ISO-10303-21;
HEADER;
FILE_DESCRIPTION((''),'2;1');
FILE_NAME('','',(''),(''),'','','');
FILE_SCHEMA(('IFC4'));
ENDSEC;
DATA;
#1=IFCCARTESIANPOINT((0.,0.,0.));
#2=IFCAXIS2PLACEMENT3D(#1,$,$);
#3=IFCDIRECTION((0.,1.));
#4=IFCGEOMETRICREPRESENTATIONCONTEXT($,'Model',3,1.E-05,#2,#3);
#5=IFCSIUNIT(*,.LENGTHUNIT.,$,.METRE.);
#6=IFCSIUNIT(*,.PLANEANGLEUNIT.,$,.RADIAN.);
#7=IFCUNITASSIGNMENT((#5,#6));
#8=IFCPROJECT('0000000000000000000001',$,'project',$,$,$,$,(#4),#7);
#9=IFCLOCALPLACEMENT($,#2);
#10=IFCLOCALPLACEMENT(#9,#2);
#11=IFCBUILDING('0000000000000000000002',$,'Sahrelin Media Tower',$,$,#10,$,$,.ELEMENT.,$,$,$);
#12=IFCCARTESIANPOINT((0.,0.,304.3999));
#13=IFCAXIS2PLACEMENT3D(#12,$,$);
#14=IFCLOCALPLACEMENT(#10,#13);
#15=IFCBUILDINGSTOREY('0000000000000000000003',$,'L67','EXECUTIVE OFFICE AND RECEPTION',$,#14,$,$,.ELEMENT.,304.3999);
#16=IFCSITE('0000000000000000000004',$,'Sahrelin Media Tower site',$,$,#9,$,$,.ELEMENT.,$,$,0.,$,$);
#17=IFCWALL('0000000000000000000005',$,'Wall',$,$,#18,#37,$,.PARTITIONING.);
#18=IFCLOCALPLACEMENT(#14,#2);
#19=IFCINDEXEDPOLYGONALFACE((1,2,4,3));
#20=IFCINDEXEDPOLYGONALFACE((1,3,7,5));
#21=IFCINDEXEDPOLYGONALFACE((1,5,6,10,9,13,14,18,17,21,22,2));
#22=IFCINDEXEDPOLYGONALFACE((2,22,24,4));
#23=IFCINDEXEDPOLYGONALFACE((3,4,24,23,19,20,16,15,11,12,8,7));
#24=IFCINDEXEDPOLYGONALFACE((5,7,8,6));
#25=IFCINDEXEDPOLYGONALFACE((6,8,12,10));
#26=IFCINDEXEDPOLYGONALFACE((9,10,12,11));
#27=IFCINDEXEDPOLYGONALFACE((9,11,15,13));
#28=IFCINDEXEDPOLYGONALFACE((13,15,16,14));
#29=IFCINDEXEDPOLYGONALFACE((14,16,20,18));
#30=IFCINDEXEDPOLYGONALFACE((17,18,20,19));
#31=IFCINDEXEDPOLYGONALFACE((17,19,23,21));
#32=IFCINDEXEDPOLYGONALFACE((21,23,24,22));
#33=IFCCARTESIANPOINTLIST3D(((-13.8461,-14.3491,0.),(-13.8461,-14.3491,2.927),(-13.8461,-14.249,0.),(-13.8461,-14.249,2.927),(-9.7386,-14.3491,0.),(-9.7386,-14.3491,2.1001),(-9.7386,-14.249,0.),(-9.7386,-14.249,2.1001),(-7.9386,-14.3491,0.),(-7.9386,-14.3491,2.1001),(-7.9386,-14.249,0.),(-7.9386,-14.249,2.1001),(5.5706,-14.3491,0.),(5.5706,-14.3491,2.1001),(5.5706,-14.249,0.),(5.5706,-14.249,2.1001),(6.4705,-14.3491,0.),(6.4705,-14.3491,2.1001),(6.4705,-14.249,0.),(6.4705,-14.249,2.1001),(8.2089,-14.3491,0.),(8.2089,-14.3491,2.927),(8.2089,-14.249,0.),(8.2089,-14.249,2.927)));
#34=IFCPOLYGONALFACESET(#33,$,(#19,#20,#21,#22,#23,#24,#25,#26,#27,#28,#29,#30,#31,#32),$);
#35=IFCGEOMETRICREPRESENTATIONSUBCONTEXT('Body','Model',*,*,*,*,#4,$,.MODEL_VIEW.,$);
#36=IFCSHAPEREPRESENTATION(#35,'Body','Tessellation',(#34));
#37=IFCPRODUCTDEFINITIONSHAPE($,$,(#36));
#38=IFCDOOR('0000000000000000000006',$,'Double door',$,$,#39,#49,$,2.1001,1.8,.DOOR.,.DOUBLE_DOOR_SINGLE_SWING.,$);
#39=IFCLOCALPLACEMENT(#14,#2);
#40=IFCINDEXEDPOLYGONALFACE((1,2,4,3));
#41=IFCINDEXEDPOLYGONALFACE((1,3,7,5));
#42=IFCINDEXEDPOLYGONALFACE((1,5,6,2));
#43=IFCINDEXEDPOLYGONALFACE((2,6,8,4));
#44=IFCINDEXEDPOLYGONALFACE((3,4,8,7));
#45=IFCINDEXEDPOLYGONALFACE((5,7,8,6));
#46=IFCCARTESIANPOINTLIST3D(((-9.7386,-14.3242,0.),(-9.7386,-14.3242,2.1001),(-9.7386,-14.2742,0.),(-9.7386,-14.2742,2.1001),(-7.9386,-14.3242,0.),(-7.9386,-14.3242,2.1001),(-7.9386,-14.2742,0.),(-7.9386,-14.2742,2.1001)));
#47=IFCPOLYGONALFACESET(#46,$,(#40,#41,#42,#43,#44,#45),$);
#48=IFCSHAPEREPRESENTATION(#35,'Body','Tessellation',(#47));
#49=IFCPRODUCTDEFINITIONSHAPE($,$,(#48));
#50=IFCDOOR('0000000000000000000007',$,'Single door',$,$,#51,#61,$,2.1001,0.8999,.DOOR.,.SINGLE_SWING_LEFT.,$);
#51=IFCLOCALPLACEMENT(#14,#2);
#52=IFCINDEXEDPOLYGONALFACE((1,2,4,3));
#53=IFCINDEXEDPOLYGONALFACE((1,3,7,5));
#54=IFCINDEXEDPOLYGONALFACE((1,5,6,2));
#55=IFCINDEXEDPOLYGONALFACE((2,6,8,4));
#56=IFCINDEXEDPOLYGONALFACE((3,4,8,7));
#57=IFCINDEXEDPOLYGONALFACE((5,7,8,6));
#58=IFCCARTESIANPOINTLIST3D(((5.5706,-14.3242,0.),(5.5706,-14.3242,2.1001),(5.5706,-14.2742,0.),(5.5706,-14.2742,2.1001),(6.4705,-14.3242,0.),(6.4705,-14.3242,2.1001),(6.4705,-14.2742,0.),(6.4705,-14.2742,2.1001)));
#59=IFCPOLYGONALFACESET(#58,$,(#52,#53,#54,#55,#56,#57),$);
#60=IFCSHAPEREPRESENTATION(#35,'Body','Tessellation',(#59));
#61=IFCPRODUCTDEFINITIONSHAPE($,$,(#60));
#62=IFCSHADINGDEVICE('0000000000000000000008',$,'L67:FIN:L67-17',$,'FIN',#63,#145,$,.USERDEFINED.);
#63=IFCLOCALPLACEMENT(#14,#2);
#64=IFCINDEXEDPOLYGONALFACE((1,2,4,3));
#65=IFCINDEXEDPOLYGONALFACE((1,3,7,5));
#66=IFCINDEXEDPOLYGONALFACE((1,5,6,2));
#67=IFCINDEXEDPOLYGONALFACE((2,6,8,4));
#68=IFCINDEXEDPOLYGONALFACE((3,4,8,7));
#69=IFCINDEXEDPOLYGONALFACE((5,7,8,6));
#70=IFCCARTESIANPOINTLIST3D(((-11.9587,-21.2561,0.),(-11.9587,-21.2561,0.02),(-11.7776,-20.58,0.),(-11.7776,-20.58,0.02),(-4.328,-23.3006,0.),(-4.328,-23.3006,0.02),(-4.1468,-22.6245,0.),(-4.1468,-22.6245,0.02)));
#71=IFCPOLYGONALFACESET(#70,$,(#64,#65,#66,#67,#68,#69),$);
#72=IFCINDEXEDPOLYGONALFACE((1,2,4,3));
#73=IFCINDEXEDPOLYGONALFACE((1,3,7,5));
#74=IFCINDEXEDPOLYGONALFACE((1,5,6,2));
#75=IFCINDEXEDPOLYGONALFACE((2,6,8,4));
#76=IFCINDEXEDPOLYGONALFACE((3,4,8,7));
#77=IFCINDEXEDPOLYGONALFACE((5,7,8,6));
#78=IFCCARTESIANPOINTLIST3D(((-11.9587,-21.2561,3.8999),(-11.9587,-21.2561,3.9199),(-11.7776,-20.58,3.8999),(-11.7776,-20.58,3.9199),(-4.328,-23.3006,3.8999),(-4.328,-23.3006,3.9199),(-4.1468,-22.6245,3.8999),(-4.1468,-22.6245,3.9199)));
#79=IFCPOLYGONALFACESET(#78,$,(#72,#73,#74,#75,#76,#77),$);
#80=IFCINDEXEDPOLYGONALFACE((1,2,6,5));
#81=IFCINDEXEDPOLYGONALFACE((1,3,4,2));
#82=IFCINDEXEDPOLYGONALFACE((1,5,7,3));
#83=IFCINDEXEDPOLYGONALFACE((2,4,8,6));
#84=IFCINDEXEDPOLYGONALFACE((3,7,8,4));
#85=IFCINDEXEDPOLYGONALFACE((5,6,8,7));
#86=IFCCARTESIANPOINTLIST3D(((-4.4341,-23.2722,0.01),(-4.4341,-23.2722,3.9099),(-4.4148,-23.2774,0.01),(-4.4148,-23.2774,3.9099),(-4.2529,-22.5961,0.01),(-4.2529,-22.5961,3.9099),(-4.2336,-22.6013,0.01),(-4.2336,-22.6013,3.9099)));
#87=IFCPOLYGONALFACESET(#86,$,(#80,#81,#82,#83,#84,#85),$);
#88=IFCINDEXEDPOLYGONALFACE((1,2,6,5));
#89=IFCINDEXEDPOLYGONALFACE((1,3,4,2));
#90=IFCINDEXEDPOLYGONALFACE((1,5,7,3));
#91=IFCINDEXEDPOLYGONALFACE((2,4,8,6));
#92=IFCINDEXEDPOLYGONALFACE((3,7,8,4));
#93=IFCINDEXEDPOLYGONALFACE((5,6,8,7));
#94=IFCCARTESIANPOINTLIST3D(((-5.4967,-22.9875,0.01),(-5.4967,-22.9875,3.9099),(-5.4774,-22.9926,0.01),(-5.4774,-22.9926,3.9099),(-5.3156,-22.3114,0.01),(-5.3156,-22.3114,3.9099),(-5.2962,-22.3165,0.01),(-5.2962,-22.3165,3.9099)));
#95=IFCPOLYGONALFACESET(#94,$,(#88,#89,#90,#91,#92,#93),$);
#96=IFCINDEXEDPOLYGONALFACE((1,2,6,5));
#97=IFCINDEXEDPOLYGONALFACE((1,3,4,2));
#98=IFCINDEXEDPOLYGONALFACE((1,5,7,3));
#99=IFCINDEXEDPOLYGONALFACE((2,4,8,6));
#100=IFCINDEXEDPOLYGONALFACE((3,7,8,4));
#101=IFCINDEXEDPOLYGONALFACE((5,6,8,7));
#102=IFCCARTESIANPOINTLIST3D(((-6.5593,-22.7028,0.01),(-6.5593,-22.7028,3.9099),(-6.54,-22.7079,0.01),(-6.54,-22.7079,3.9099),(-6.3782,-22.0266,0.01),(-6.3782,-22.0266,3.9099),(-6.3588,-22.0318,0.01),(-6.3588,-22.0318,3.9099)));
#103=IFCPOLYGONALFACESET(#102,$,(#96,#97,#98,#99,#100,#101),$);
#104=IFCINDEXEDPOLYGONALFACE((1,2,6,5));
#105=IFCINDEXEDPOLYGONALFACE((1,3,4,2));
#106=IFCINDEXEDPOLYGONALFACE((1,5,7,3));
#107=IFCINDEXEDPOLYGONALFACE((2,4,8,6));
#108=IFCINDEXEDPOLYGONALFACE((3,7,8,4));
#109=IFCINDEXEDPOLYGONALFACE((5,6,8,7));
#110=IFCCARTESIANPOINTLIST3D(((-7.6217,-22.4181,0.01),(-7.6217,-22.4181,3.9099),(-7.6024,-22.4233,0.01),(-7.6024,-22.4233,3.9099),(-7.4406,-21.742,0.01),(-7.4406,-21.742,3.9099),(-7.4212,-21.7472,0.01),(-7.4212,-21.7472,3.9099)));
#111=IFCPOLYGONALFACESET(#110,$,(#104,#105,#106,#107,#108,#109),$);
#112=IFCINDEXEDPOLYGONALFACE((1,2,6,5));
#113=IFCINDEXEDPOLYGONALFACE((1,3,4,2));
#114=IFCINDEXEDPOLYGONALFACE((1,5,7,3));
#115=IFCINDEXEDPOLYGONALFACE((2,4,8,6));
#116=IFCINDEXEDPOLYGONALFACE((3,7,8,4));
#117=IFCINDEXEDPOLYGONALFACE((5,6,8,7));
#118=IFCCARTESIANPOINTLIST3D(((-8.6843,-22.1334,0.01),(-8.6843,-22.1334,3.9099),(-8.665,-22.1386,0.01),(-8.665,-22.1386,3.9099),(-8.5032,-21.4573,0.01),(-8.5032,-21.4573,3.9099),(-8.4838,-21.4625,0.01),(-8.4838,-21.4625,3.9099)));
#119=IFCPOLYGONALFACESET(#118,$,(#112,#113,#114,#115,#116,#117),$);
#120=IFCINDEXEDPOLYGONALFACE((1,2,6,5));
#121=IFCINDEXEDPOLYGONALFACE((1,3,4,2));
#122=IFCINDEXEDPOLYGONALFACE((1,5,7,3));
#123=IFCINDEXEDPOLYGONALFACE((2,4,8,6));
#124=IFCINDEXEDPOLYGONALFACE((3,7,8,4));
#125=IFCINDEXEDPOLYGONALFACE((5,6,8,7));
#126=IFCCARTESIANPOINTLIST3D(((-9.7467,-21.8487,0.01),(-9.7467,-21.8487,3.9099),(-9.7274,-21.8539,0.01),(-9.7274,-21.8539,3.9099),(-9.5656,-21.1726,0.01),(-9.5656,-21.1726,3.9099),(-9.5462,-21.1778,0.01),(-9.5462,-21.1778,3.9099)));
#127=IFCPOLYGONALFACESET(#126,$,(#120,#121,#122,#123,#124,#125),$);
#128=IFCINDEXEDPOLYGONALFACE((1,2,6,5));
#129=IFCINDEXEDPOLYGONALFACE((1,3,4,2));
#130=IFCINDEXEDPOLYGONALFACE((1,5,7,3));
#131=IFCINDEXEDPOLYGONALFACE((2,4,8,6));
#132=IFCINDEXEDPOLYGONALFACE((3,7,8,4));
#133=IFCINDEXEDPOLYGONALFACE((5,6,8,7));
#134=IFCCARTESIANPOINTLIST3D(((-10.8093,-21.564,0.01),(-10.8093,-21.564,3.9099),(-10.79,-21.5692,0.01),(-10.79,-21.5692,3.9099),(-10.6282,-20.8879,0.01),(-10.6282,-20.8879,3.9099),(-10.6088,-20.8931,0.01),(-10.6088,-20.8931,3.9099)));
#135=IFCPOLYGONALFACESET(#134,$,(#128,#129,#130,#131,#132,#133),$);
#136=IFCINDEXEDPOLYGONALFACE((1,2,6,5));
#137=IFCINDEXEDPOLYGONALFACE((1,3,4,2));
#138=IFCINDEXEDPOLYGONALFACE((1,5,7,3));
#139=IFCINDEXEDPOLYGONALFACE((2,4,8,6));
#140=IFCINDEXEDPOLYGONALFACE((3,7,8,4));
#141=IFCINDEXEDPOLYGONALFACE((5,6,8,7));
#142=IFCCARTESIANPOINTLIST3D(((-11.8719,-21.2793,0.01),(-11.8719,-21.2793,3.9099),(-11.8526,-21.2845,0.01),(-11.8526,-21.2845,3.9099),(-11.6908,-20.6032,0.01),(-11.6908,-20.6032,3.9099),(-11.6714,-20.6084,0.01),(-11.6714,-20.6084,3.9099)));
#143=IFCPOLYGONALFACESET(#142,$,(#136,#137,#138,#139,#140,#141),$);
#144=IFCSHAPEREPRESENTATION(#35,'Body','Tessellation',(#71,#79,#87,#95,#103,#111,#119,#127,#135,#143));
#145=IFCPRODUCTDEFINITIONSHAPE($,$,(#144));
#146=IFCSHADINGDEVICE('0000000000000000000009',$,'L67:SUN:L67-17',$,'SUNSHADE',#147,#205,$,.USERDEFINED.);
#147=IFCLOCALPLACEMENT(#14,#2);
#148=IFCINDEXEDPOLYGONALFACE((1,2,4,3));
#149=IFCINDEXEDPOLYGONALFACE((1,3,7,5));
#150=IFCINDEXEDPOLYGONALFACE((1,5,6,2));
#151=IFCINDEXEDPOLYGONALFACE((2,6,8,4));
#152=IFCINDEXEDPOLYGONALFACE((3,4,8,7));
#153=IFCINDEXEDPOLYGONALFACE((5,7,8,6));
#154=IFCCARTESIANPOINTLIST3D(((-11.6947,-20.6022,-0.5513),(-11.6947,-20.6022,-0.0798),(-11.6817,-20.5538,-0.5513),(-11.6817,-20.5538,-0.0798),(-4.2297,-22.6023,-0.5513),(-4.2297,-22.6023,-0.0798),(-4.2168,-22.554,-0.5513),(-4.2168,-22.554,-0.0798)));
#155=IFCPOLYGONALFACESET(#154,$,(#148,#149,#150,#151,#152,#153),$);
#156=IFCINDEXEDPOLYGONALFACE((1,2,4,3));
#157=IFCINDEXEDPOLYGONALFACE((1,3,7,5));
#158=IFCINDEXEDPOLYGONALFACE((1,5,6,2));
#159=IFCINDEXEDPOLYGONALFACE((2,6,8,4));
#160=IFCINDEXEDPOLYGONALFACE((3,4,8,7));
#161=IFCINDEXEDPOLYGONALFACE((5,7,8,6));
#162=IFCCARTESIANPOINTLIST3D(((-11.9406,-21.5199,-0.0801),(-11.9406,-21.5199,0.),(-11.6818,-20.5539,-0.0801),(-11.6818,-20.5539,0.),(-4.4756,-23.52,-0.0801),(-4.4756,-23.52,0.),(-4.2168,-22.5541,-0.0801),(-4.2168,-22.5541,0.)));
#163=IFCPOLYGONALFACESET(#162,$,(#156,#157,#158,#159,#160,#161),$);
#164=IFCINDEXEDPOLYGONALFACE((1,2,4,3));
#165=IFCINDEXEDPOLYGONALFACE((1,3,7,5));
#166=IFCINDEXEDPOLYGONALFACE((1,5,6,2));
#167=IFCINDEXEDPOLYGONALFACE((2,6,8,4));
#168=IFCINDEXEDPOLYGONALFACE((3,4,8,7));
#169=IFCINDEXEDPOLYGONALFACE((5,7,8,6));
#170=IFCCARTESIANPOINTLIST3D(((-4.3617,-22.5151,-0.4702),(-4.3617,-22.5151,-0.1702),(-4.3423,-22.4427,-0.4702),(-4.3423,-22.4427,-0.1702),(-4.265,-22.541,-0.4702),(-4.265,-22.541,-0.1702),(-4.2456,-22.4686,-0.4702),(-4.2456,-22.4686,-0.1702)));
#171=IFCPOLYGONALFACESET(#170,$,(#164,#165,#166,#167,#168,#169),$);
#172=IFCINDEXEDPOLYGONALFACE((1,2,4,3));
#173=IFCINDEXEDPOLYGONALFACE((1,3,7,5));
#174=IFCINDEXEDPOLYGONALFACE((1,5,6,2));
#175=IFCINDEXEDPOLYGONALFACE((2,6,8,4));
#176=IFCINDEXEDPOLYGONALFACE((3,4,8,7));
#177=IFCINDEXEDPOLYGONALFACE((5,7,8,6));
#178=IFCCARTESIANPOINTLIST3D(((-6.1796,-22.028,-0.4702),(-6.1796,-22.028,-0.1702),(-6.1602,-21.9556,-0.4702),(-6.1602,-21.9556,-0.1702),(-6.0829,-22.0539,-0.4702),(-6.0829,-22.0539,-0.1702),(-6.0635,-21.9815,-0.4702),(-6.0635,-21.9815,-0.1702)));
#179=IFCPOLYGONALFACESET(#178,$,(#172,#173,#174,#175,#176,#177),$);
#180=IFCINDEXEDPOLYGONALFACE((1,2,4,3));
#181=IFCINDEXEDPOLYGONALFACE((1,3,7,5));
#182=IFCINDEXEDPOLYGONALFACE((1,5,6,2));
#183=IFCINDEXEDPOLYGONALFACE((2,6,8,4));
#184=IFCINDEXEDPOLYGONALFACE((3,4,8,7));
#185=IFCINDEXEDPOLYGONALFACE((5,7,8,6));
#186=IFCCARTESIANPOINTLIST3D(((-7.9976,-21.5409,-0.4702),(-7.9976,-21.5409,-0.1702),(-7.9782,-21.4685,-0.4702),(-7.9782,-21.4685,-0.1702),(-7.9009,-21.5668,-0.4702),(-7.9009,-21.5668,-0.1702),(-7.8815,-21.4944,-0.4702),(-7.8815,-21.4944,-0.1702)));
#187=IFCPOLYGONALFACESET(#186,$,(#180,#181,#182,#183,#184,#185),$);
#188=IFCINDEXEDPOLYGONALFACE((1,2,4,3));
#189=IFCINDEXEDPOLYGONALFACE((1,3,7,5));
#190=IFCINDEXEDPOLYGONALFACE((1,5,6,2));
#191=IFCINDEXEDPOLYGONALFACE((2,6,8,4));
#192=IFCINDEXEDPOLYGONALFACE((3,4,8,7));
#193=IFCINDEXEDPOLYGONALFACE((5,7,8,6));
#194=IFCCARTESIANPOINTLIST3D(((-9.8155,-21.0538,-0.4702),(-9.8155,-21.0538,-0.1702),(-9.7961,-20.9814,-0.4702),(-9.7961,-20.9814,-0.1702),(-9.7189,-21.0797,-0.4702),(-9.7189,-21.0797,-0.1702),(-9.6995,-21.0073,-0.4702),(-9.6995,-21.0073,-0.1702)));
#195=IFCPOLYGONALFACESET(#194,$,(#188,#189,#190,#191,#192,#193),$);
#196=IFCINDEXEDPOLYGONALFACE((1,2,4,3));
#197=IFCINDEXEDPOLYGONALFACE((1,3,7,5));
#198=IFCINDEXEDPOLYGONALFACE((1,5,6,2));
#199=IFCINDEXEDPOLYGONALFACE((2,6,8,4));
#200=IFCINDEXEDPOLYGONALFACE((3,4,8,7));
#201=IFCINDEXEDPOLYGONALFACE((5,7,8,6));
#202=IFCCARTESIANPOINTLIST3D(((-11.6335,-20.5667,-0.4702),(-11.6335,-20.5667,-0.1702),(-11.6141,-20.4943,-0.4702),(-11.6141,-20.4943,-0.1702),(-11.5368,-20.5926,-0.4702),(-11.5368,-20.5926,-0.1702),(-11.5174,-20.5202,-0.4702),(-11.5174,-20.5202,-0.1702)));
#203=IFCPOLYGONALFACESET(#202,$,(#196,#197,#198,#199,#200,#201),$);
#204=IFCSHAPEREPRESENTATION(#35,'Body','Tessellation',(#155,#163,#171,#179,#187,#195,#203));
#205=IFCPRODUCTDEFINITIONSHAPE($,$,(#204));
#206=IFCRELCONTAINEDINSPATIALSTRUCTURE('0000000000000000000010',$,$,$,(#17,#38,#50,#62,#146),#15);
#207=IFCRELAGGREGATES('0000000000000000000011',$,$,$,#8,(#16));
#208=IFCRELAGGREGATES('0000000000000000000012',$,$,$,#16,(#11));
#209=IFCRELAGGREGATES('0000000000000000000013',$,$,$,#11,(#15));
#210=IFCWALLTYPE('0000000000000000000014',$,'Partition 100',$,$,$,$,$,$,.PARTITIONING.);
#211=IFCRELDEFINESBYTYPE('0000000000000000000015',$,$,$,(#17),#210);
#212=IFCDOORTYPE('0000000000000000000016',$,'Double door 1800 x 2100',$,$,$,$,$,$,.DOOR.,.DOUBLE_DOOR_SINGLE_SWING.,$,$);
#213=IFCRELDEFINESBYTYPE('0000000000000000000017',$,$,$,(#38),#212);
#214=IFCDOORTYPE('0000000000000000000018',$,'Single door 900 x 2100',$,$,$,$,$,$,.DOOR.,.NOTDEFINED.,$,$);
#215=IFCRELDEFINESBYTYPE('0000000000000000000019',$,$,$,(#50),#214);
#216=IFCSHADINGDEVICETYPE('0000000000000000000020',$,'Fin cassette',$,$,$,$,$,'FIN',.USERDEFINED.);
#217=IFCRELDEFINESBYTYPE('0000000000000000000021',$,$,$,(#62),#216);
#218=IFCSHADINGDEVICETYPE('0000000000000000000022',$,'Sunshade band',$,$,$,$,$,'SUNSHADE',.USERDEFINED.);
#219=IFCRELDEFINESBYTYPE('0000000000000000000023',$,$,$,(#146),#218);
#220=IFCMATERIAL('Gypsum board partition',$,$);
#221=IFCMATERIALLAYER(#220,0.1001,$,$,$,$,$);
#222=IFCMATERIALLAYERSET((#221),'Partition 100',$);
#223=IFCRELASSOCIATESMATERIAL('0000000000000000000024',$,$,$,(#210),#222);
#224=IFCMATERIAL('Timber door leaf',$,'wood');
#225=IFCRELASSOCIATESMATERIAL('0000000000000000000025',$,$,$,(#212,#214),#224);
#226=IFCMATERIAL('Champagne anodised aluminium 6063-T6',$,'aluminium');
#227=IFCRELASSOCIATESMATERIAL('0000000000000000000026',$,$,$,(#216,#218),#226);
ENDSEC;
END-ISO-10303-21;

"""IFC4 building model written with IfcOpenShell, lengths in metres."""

from ifc_helpers import new_model, si_unit, direction, frame, frame_2d, origin, origin_2d, place, context, subcontext, project, spatial, rectangle, extrude, material, layer, layer_set, type_object, element, fill, save


model = new_model("IFC4")

# Units and contexts
model_context = context("Model", 3, precision=1e-05, world=origin(), true_north=direction((0.0, 1.0)))
body_context = subcontext(model_context, "Body", "Model", "MODEL_VIEW")
ifc_project = project(units=[si_unit("LENGTHUNIT", "METRE"), si_unit("PLANEANGLEUNIT", "RADIAN")], contexts=[model_context])

# Site, building, storey
site_placement = place(None, origin())
site = spatial("IfcSite", under=ifc_project, at=site_placement, Name="Sahrelin Media Tower site", CompositionType="ELEMENT", RefElevation=0.0)
building_placement = place(site_placement, origin())
building = spatial("IfcBuilding", under=site, at=building_placement, Name="Sahrelin Media Tower", CompositionType="ELEMENT")
storey_placement = place(building_placement, frame((0.0, 0.0, 304.3999)))
storey = spatial("IfcBuildingStorey", under=building, at=storey_placement, Name="L67", Description="EXECUTIVE OFFICE AND RECEPTION", CompositionType="ELEMENT", Elevation=304.3999)

# Shared definitions
ifc_material_1 = material(Name="Champagne anodised aluminium 6063-T6", Category="aluminium")

# Wall, openings, doors
ifc_material_2 = material(Name="Gypsum board partition")
ifc_layer_1 = layer(ifc_material_2, 0.1001)
ifc_layer_set_1 = layer_set([ifc_layer_1], Name="Partition 100")
wall_type_1 = type_object("IfcWallType", Name="Partition 100", PredefinedType="PARTITIONING", material=ifc_layer_set_1)
wall_1_placement = place(storey_placement, frame((-13.8459, -14.2991, 0.0), z_axis=(0.0, 0.0, 1.0), x_axis=(1.0, 0.0, 0.0)))
wall_1 = element("IfcWall", 1, at=wall_1_placement, inside=storey, type_object=wall_type_1, Name="Wall", PredefinedType="PARTITIONING", context=body_context, shape_type="SweptSolid", body=[
    extrude(rectangle(XDim=22.0549, YDim=0.1001, at=frame_2d((11.0273, 0.0))), origin(), (0.0, 0.0, 1.0), 2.927),
])
opening_1_placement = place(wall_1_placement, frame((4.1074, 0.0, 0.0)))
opening_1 = element("IfcOpeningElement", 2, at=opening_1_placement, cuts=wall_1, PredefinedType="OPENING", context=body_context, shape_type="SweptSolid", body=[
    extrude(rectangle(XDim=1.8, YDim=2.1001, at=frame_2d((0.8999, 1.05))), frame((0.0, 0.05, 0.0), z_axis=(0.0, -1.0, 0.0), x_axis=(1.0, 0.0, 0.0)), (0.0, 0.0, 1.0), 0.1001),
])
opening_2_placement = place(wall_1_placement, frame((19.4165, 0.0, 0.0)))
opening_2 = element("IfcOpeningElement", 3, at=opening_2_placement, cuts=wall_1, PredefinedType="OPENING", context=body_context, shape_type="SweptSolid", body=[
    extrude(rectangle(XDim=0.8999, YDim=2.1001, at=frame_2d((0.45, 1.05))), frame((0.0, 0.05, 0.0), z_axis=(0.0, -1.0, 0.0), x_axis=(1.0, 0.0, 0.0)), (0.0, 0.0, 1.0), 0.1001),
])
ifc_material_3 = material(Name="Timber door leaf", Category="wood")
door_type_1 = type_object("IfcDoorType", Name="Double door 1800 x 2100", OperationType="DOUBLE_DOOR_SINGLE_SWING", PredefinedType="DOOR", material=ifc_material_3)
door_1_placement = place(opening_1_placement, origin())
door_1 = element("IfcDoor", 4, at=door_1_placement, inside=storey, type_object=door_type_1, Name="Double door", OperationType="DOUBLE_DOOR_SINGLE_SWING", OverallHeight=2.1001, OverallWidth=1.8, PredefinedType="DOOR", context=body_context, shape_type="SweptSolid", body=[
    extrude(rectangle(XDim=1.8, YDim=2.1001, at=frame_2d((0.8999, 1.05))), frame((0.0, 0.0249, 0.0), z_axis=(0.0, -1.0, 0.0), x_axis=(1.0, 0.0, 0.0)), (0.0, 0.0, 1.0), 0.05),
])
fill(opening_1, door_1)
door_type_2 = type_object("IfcDoorType", Name="Single door 900 x 2100", OperationType="NOTDEFINED", PredefinedType="DOOR", material=ifc_material_3)
door_2_placement = place(opening_2_placement, origin())
door_2 = element("IfcDoor", 5, at=door_2_placement, inside=storey, type_object=door_type_2, Name="Single door", OperationType="SINGLE_SWING_LEFT", OverallHeight=2.1001, OverallWidth=0.8999, PredefinedType="DOOR", context=body_context, shape_type="SweptSolid", body=[
    extrude(rectangle(XDim=0.8999, YDim=2.1001, at=frame_2d((0.45, 1.05))), frame((0.0, 0.0249, 0.0), z_axis=(0.0, -1.0, 0.0), x_axis=(1.0, 0.0, 0.0)), (0.0, 0.0, 1.0), 0.05),
])
fill(opening_2, door_2)

# Shading devices
shading_device_type_1 = type_object("IfcShadingDeviceType", Name="Fin cassette", ElementType="FIN", PredefinedType="USERDEFINED", material=ifc_material_1)
placement = place(storey_placement, frame((-7.9441, -21.5347, 0.0), z_axis=(0.0, 0.0, 1.0), x_axis=(-0.965929, 0.258808, 0.0)))
element("IfcShadingDevice", 6, at=placement, inside=storey, type_object=shading_device_type_1, Name="L67:FIN:L67-17", ObjectType="FIN", PredefinedType="USERDEFINED", context=body_context, shape_type="SweptSolid", body=[
    extrude(rectangle(XDim=7.8999, YDim=0.7, at=origin_2d()), frame((0.0, 0.4199, 0.0)), (0.0, 0.0, 1.0), 0.02),
    extrude(rectangle(XDim=7.8999, YDim=0.7, at=origin_2d()), frame((0.0, 0.4199, 3.8999)), (0.0, 0.0, 1.0), 0.02),
    extrude(rectangle(XDim=0.02, YDim=0.7, at=origin_2d()), frame((-3.8501, 0.4199, 0.01), z_axis=(0.0, 0.0, 1.0), x_axis=(1.0, 0.0, 0.0)), (0.0, 0.0, 1.0), 3.8999),
    extrude(rectangle(XDim=0.02, YDim=0.7, at=origin_2d()), frame((-2.75, 0.4199, 0.01), z_axis=(0.0, 0.0, 1.0), x_axis=(1.0, 0.0, 0.0)), (0.0, 0.0, 1.0), 3.8999),
    extrude(rectangle(XDim=0.02, YDim=0.7, at=origin_2d()), frame((-1.6499, 0.4199, 0.01), z_axis=(0.0, 0.0, 1.0), x_axis=(1.0, 0.0, 0.0)), (0.0, 0.0, 1.0), 3.8999),
    extrude(rectangle(XDim=0.02, YDim=0.7, at=origin_2d()), frame((-0.55, 0.4199, 0.01), z_axis=(0.0, 0.0, 1.0), x_axis=(1.0, 0.0, 0.0)), (0.0, 0.0, 1.0), 3.8999),
    extrude(rectangle(XDim=0.02, YDim=0.7, at=origin_2d()), frame((0.55, 0.4199, 0.01), z_axis=(0.0, 0.0, 1.0), x_axis=(1.0, 0.0, 0.0)), (0.0, 0.0, 1.0), 3.8999),
    extrude(rectangle(XDim=0.02, YDim=0.7, at=origin_2d()), frame((1.6499, 0.4199, 0.01), z_axis=(0.0, 0.0, 1.0), x_axis=(1.0, 0.0, 0.0)), (0.0, 0.0, 1.0), 3.8999),
    extrude(rectangle(XDim=0.02, YDim=0.7, at=origin_2d()), frame((2.75, 0.4199, 0.01), z_axis=(0.0, 0.0, 1.0), x_axis=(1.0, 0.0, 0.0)), (0.0, 0.0, 1.0), 3.8999),
    extrude(rectangle(XDim=0.02, YDim=0.7, at=origin_2d()), frame((3.8501, 0.4199, 0.01), z_axis=(0.0, 0.0, 1.0), x_axis=(1.0, 0.0, 0.0)), (0.0, 0.0, 1.0), 3.8999),
])
shading_device_type_2 = type_object("IfcShadingDeviceType", Name="Sunshade band", ElementType="SUNSHADE", PredefinedType="USERDEFINED", material=ifc_material_1)
element("IfcShadingDevice", 7, at=placement, inside=storey, type_object=shading_device_type_2, Name="L67:SUN:L67-17", ObjectType="SUNSHADE", PredefinedType="USERDEFINED", context=body_context, shape_type="SweptSolid", body=[
    extrude(rectangle(XDim=7.7283, YDim=0.05, at=origin_2d()), frame((0.0, 0.0449, -0.5513)), (0.0, 0.0, 1.0), 0.4714),
    extrude(rectangle(XDim=7.7283, YDim=1.0, at=origin_2d()), frame((0.0, 0.52, -0.0801)), (0.0, 0.0, 1.0), 0.0801),
    extrude(rectangle(XDim=0.1001, YDim=0.075, at=origin_2d()), frame((-3.7642, -0.0176, -0.4702)), (0.0, 0.0, 1.0), 0.3),
    extrude(rectangle(XDim=0.1001, YDim=0.075, at=origin_2d()), frame((-1.8821, -0.0176, -0.4702)), (0.0, 0.0, 1.0), 0.3),
    extrude(rectangle(XDim=0.1001, YDim=0.075, at=origin_2d()), frame((0.0, -0.0176, -0.4702)), (0.0, 0.0, 1.0), 0.3),
    extrude(rectangle(XDim=0.1001, YDim=0.075, at=origin_2d()), frame((1.8821, -0.0176, -0.4702)), (0.0, 0.0, 1.0), 0.3),
    extrude(rectangle(XDim=0.1001, YDim=0.075, at=origin_2d()), frame((3.7642, -0.0176, -0.4702)), (0.0, 0.0, 1.0), 0.3),
])

save(model, "model.ifc")
